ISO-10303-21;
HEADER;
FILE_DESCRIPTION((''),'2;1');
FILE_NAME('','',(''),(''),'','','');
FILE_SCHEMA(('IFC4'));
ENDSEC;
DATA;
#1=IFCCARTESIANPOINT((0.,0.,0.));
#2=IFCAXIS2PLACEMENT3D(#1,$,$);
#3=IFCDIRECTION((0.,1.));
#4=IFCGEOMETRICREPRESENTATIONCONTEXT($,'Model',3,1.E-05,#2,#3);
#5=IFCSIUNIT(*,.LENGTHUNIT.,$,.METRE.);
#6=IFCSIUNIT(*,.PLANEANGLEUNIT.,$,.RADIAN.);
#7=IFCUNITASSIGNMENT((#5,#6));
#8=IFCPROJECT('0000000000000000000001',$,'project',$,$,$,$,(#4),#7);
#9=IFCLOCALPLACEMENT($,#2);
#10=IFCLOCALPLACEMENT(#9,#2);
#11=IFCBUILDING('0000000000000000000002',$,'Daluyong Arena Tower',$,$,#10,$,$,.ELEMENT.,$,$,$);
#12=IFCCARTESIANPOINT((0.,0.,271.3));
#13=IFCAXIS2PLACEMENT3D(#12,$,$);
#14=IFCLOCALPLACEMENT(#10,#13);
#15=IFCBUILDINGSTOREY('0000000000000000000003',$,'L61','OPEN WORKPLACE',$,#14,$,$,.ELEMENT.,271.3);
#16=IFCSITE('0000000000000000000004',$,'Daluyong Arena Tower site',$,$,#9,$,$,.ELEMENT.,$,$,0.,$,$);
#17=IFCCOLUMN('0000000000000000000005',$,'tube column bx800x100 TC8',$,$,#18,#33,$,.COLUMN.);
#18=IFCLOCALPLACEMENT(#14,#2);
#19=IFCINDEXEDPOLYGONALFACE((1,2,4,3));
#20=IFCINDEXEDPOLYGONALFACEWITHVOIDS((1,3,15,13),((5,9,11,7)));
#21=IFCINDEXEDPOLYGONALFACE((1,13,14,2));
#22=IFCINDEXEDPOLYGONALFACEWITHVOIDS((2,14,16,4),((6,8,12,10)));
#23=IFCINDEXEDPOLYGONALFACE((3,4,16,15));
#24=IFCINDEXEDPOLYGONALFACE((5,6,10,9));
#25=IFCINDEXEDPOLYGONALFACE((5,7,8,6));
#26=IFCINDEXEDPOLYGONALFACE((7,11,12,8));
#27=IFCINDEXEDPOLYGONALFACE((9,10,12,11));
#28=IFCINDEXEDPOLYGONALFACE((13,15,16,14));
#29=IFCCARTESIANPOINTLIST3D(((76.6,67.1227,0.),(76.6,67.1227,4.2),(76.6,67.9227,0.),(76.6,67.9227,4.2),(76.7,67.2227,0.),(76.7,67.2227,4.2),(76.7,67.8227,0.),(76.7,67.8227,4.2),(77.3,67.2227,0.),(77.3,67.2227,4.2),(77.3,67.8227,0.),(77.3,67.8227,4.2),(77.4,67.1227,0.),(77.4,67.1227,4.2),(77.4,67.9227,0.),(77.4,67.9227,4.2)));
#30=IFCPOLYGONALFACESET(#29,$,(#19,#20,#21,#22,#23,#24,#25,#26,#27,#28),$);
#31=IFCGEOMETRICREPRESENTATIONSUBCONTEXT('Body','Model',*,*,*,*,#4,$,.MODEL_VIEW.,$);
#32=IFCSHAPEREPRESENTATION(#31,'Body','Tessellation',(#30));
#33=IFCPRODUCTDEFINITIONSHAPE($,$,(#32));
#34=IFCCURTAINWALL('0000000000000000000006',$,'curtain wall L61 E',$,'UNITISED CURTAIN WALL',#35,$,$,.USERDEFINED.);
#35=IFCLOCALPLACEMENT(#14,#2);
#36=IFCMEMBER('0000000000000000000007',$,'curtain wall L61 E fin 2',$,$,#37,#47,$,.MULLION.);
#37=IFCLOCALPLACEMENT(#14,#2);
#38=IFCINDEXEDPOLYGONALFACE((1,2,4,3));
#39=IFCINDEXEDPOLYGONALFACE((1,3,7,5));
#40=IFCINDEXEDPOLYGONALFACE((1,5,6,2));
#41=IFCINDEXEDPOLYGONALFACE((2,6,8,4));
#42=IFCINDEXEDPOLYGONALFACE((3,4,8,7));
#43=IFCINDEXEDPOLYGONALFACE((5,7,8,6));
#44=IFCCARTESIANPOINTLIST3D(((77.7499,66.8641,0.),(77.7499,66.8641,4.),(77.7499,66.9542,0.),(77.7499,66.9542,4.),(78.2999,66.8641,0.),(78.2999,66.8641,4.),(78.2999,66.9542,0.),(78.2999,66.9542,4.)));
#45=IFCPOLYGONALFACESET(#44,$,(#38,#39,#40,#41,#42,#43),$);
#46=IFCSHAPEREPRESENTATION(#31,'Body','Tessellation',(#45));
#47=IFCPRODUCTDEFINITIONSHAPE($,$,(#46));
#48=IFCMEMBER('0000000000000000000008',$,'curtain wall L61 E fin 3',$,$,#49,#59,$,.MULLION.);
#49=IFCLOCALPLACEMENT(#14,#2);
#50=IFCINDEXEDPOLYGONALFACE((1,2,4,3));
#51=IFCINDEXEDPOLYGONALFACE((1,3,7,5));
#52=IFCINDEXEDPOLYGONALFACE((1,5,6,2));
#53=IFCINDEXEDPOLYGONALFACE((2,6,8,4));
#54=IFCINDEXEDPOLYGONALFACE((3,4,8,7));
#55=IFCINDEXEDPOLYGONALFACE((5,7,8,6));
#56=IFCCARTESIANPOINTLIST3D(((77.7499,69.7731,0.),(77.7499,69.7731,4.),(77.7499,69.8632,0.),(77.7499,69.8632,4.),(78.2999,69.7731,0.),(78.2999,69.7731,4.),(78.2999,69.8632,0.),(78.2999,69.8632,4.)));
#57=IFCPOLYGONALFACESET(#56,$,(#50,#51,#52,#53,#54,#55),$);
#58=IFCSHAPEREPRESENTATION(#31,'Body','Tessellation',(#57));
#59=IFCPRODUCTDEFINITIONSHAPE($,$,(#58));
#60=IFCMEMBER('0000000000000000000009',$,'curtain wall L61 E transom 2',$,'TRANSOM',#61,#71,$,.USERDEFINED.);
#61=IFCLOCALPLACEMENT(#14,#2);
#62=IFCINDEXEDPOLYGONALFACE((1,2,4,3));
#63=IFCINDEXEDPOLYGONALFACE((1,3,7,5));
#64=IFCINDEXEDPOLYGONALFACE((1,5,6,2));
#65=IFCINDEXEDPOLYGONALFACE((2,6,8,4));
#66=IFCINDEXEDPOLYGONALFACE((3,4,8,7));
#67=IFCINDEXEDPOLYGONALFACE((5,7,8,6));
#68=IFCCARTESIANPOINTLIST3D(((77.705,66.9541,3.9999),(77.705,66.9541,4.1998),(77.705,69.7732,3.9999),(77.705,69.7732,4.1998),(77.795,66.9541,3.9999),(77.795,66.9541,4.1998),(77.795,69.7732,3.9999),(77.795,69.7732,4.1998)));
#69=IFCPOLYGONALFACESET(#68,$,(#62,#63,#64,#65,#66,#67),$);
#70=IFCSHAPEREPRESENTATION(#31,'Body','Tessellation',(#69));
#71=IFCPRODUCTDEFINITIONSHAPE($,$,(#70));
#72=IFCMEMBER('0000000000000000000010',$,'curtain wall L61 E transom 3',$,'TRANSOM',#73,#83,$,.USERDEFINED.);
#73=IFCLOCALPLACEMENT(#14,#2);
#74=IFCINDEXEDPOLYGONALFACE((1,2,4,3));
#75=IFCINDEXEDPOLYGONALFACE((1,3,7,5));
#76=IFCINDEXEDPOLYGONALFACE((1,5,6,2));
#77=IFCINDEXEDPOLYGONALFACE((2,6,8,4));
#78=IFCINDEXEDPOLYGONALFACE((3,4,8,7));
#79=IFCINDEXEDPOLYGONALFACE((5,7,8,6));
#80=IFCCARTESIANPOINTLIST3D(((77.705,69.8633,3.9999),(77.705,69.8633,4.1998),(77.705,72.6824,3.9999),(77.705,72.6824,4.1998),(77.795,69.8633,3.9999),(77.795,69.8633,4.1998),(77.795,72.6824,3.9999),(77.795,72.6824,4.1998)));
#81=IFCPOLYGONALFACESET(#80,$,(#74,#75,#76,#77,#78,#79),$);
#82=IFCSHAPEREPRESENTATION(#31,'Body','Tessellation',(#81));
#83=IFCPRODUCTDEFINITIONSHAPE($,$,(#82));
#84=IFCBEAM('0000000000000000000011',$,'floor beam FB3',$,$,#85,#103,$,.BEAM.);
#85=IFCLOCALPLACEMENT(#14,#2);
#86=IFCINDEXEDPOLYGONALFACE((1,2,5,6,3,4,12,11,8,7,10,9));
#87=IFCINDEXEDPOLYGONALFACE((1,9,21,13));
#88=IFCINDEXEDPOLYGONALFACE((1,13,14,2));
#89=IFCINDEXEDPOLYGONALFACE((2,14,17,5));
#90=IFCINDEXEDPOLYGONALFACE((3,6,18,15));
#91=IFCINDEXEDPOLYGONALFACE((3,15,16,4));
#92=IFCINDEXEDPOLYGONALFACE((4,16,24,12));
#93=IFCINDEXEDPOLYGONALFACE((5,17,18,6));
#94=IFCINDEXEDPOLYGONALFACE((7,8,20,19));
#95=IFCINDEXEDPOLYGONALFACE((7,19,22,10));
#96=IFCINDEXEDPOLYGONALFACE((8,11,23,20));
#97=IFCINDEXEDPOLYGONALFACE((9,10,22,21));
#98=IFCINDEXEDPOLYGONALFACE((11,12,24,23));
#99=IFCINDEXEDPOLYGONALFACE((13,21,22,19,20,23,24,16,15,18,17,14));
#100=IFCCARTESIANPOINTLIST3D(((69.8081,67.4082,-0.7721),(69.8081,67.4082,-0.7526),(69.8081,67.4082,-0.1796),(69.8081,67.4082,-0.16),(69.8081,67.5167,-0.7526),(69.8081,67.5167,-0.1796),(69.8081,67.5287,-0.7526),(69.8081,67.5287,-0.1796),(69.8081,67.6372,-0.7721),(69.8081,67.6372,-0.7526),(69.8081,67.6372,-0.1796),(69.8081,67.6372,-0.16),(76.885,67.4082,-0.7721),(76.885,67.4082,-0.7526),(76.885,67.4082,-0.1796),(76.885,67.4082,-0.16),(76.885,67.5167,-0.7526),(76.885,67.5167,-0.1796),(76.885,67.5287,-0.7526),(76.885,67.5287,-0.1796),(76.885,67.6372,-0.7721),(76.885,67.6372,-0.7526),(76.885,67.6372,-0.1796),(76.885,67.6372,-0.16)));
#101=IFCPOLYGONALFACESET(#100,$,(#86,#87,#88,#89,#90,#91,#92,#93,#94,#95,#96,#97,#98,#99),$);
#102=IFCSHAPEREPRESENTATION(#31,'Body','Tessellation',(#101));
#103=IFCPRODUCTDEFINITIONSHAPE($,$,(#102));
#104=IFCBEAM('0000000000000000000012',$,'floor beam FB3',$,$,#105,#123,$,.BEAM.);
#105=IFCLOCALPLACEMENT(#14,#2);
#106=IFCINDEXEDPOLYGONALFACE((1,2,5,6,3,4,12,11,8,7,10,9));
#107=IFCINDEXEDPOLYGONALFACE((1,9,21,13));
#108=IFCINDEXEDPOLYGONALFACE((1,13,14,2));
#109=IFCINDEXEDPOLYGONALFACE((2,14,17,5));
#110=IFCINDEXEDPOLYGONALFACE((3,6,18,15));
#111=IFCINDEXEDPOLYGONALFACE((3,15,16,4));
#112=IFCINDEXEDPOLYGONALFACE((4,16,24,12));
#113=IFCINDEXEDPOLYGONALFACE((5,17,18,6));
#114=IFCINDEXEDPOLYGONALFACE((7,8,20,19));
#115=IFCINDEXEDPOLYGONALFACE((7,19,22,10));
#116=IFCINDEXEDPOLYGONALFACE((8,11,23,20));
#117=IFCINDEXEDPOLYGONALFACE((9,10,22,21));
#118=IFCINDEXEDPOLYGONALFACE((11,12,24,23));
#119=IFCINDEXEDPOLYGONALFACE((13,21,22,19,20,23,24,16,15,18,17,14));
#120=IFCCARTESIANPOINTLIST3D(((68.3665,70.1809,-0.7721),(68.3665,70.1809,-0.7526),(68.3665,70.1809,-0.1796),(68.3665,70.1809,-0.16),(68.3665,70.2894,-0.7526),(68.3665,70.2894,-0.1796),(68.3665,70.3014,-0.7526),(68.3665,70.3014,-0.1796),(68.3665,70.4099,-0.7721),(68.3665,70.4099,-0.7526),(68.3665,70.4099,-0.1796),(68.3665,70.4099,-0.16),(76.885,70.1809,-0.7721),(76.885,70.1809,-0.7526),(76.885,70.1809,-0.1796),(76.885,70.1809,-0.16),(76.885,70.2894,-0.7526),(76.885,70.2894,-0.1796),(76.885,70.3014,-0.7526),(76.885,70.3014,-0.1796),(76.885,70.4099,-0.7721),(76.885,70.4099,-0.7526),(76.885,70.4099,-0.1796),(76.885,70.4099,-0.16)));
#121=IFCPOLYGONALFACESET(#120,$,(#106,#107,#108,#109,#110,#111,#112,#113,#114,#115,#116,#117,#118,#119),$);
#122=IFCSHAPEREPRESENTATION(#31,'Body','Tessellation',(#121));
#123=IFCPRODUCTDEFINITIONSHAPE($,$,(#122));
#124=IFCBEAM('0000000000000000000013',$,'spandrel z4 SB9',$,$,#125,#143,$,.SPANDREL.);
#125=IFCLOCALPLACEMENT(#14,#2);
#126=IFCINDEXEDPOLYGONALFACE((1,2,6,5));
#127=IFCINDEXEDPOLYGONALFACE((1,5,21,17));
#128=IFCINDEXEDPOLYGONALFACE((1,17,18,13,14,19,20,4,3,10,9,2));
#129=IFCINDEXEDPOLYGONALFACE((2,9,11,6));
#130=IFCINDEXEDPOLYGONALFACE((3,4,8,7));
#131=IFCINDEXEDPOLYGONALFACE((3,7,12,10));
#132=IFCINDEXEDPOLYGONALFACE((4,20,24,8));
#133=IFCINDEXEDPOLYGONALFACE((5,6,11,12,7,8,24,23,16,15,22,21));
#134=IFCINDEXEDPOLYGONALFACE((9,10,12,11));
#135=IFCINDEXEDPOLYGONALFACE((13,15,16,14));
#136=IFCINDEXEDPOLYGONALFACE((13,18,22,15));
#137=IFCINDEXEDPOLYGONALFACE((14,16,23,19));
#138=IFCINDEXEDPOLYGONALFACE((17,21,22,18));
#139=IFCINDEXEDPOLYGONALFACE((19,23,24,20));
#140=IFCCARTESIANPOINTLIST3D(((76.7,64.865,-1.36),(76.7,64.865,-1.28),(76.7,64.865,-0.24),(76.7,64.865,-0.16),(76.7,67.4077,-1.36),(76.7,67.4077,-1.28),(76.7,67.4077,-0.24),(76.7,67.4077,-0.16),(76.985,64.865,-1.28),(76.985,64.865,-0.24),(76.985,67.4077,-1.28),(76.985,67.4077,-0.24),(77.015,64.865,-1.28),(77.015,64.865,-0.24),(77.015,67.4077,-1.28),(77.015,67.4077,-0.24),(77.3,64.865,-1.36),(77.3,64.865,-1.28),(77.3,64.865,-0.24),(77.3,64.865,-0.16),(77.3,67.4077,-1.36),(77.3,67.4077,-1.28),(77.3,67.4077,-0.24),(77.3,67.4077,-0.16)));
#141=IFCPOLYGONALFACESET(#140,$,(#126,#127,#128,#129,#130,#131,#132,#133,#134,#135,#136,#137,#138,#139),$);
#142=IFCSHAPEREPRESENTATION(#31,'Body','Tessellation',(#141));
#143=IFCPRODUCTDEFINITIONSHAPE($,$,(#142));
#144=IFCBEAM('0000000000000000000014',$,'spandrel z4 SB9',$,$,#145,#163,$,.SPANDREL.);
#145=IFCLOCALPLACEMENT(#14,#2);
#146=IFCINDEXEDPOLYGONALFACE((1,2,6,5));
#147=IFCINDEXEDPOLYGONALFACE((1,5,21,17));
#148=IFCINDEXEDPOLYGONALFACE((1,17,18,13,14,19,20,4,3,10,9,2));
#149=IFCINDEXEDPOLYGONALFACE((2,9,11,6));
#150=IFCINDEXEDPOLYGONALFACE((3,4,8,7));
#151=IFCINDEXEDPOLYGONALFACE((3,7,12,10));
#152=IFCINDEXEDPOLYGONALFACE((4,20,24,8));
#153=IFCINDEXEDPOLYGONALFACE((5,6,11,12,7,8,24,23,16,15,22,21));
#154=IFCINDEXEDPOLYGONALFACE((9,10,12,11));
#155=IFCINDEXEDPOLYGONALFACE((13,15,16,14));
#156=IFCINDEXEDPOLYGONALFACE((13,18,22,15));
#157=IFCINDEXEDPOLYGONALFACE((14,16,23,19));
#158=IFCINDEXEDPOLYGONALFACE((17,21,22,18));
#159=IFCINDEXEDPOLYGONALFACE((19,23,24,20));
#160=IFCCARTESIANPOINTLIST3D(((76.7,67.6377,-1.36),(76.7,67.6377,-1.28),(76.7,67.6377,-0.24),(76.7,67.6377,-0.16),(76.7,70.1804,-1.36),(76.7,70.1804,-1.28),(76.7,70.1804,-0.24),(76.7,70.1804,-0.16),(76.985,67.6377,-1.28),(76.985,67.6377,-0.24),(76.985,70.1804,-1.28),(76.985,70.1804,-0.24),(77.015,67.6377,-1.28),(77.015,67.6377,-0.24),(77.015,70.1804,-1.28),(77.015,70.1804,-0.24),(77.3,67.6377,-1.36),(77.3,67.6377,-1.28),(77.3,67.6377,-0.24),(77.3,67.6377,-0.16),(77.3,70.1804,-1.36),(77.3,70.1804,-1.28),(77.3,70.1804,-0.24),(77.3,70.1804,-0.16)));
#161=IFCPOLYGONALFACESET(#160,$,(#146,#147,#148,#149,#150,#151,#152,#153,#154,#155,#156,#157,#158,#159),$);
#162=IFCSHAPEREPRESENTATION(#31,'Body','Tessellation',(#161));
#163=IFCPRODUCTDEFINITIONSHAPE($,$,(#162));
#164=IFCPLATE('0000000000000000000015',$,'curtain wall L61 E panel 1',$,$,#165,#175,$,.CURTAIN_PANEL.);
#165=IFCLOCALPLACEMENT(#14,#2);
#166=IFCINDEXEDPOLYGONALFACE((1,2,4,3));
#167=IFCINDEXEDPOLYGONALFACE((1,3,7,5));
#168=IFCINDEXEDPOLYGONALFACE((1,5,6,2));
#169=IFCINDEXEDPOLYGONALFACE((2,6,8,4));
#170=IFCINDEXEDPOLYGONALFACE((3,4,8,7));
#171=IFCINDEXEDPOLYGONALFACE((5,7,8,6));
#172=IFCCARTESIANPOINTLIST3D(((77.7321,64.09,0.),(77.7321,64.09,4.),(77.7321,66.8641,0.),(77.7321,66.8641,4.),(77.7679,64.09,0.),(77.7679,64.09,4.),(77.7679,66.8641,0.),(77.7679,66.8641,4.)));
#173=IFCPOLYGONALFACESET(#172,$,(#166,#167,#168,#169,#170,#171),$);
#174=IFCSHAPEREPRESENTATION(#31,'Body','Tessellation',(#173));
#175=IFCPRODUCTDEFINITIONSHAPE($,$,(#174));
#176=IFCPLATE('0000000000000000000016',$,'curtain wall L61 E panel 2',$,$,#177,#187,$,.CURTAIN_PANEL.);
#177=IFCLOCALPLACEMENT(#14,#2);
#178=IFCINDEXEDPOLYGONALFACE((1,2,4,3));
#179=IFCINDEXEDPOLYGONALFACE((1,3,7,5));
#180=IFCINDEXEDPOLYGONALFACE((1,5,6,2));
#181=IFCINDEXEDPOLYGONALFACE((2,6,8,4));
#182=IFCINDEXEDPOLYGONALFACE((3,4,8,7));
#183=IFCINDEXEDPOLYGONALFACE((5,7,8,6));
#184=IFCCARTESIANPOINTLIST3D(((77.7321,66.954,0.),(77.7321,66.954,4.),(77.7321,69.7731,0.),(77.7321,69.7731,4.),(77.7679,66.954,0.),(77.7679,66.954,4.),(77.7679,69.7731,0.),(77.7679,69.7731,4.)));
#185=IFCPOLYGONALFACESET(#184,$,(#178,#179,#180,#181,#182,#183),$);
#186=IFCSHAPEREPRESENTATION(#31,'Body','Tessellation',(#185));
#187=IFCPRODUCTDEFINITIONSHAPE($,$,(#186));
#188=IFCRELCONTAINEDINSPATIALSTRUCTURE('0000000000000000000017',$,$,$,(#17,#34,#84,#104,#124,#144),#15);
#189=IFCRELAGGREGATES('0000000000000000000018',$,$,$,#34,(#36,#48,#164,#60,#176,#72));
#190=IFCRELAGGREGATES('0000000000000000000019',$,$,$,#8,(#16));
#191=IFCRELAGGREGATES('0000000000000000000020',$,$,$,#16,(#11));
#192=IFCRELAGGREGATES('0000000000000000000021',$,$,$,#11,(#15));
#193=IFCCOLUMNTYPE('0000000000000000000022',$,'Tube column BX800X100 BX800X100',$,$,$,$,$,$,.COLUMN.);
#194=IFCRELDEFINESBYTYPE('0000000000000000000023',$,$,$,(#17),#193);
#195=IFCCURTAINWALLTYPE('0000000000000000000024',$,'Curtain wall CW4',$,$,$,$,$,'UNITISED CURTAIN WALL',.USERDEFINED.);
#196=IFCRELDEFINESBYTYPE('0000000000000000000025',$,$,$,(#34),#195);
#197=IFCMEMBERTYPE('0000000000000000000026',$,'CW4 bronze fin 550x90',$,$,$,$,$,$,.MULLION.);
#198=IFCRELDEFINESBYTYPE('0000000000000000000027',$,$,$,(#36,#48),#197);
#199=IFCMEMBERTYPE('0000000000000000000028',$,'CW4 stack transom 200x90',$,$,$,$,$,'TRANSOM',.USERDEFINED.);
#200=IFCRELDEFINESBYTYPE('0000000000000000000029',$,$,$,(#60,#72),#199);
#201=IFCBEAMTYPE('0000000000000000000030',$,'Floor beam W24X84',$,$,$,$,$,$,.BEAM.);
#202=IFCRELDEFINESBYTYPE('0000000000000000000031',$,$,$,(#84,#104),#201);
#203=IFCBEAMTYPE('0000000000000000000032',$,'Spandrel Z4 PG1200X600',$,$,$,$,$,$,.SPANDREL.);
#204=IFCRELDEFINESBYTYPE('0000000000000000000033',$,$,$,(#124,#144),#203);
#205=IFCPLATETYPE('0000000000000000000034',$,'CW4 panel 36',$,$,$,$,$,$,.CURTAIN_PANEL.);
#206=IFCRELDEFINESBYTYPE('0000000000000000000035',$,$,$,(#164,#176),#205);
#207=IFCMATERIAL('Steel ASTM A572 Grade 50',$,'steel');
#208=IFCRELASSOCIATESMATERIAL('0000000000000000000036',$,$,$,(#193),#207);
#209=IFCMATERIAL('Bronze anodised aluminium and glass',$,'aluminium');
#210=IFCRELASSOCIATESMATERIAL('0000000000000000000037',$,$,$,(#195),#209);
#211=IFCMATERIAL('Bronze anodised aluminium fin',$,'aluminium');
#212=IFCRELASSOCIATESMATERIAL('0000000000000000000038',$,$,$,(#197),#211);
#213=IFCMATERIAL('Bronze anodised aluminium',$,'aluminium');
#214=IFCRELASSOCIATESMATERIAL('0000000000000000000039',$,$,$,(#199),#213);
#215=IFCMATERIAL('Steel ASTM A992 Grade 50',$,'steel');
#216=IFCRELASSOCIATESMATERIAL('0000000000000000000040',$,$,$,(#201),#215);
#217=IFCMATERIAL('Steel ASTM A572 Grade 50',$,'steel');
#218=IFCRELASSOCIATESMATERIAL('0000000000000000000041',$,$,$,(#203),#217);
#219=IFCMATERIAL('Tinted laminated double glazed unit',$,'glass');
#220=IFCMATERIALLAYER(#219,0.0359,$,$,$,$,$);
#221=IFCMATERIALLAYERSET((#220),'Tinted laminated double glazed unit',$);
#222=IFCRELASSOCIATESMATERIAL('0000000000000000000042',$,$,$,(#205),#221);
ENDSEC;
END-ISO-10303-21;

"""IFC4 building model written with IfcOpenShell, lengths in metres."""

from ifc_helpers import new_model, si_unit, direction, frame, origin, origin_2d, place, context, subcontext, project, spatial, rectangle, hollow_rectangle, i_section, extrude, material, layer, layer_set, material_profile, profile_set, type_object, element, aggregate, save


model = new_model("IFC4")

# Units and contexts
model_context = context("Model", 3, precision=1e-05, world=origin(), true_north=direction((0.0, 1.0)))
body_context = subcontext(model_context, "Body", "Model", "MODEL_VIEW")
ifc_project = project(units=[si_unit("LENGTHUNIT", "METRE"), si_unit("PLANEANGLEUNIT", "RADIAN")], contexts=[model_context])

# Site, building, storey
site_placement = place(None, origin())
site = spatial("IfcSite", under=ifc_project, at=site_placement, Name="Daluyong Arena Tower site", CompositionType="ELEMENT", RefElevation=0.0)
building_placement = place(site_placement, origin())
building = spatial("IfcBuilding", under=site, at=building_placement, Name="Daluyong Arena Tower", CompositionType="ELEMENT")
storey_placement = place(building_placement, frame((0.0, 0.0, 271.3)))
storey = spatial("IfcBuildingStorey", under=building, at=storey_placement, Name="L61", Description="OPEN WORKPLACE", CompositionType="ELEMENT", Elevation=271.3)

# Column
ifc_material_1 = material(Name="Steel ASTM A572 Grade 50", Category="steel")
ifc_material_profile_1 = material_profile(ifc_material_1, hollow_rectangle(XDim=0.8, YDim=0.8, WallThickness=0.1, at=origin_2d()))
ifc_profile_set_1 = profile_set([ifc_material_profile_1], Name="Steel ASTM A572 Grade 50")
column_type = type_object("IfcColumnType", Name="Tube column BX800X100 BX800X100", PredefinedType="COLUMN", material=ifc_profile_set_1)
column_placement = place(storey_placement, frame((77.0, 67.5227, 0.0), z_axis=(0.0, 0.0, 1.0), x_axis=(0.0, 1.0, 0.0)))
element("IfcColumn", 1, at=column_placement, inside=storey, type_object=column_type, Name="tube column bx800x100 TC8", PredefinedType="COLUMN", context=body_context, shape_type="SweptSolid", body=[
    extrude(hollow_rectangle(XDim=0.8, YDim=0.8, WallThickness=0.1, at=origin_2d()), origin(), (0.0, 0.0, 1.0), 4.2),
])

# Curtain wall, members
ifc_material_2 = material(Name="Bronze anodised aluminium and glass", Category="aluminium")
curtain_wall_type = type_object("IfcCurtainWallType", Name="Curtain wall CW4", ElementType="UNITISED CURTAIN WALL", PredefinedType="USERDEFINED", material=ifc_material_2)
curtain_wall_placement = place(storey_placement, origin())
curtain_wall = element("IfcCurtainWall", 2, at=curtain_wall_placement, inside=storey, type_object=curtain_wall_type, Name="curtain wall L61 E", ObjectType="UNITISED CURTAIN WALL", PredefinedType="USERDEFINED")
ifc_material_3 = material(Name="Bronze anodised aluminium fin", Category="aluminium")
ifc_material_profile_2 = material_profile(ifc_material_3, rectangle(XDim=0.55, YDim=0.0901, at=origin_2d()))
ifc_profile_set_2 = profile_set([ifc_material_profile_2], Name="Bronze anodised aluminium fin")
member_type_1 = type_object("IfcMemberType", Name="CW4 bronze fin 550x90", PredefinedType="MULLION", material=ifc_profile_set_2)
member_1_placement = place(storey_placement, frame((78.0249, 66.9092, 0.0), z_axis=(0.0, 0.0, 1.0), x_axis=(-1.0, 0.0, 0.0)))
member_1 = element("IfcMember", 3, at=member_1_placement, type_object=member_type_1, Name="curtain wall L61 E fin 2", PredefinedType="MULLION", context=body_context, shape_type="SweptSolid", body=[
    extrude(rectangle(XDim=0.55, YDim=0.0901, at=origin_2d()), origin(), (0.0, 0.0, 1.0), 4.0),
])
member_2_placement = place(storey_placement, frame((78.0249, 69.8181, 0.0), z_axis=(0.0, 0.0, 1.0), x_axis=(-1.0, 0.0, 0.0)))
member_2 = element("IfcMember", 4, at=member_2_placement, type_object=member_type_1, Name="curtain wall L61 E fin 3", PredefinedType="MULLION", context=body_context, shape_type="SweptSolid", body=[
    extrude(rectangle(XDim=0.55, YDim=0.0901, at=origin_2d()), origin(), (0.0, 0.0, 1.0), 4.0),
])
ifc_material_4 = material(Name="Bronze anodised aluminium", Category="aluminium")
ifc_material_profile_3 = material_profile(ifc_material_4, rectangle(XDim=0.0901, YDim=0.2, at=origin_2d()))
ifc_profile_set_3 = profile_set([ifc_material_profile_3], Name="Bronze anodised aluminium")
member_type_2 = type_object("IfcMemberType", Name="CW4 stack transom 200x90", ElementType="TRANSOM", PredefinedType="USERDEFINED", material=ifc_profile_set_3)
member_3_placement = place(storey_placement, frame((77.75, 66.9541, 4.0999), z_axis=(0.0, 1.0, 0.0), x_axis=(-1.0, 0.0, 0.0)))
member_3 = element("IfcMember", 5, at=member_3_placement, type_object=member_type_2, Name="curtain wall L61 E transom 2", ObjectType="TRANSOM", PredefinedType="USERDEFINED", context=body_context, shape_type="SweptSolid", body=[
    extrude(rectangle(XDim=0.0901, YDim=0.2, at=origin_2d()), origin(), (0.0, 0.0, 1.0), 2.8191),
])
member_4_placement = place(storey_placement, frame((77.75, 69.8633, 4.0999), z_axis=(0.0, 1.0, 0.0), x_axis=(-1.0, 0.0, 0.0)))
member_4 = element("IfcMember", 6, at=member_4_placement, type_object=member_type_2, Name="curtain wall L61 E transom 3", ObjectType="TRANSOM", PredefinedType="USERDEFINED", context=body_context, shape_type="SweptSolid", body=[
    extrude(rectangle(XDim=0.0901, YDim=0.2, at=origin_2d()), origin(), (0.0, 0.0, 1.0), 2.8191),
])

# Beams
ifc_material_5 = material(Name="Steel ASTM A992 Grade 50", Category="steel")
ifc_material_profile_4 = material_profile(ifc_material_5, i_section(OverallWidth=0.229, OverallDepth=0.6121, WebThickness=0.012, FlangeThickness=0.0195, at=origin_2d()))
ifc_profile_set_4 = profile_set([ifc_material_profile_4], Name="Steel ASTM A992 Grade 50")
beam_type_1 = type_object("IfcBeamType", Name="Floor beam W24X84", PredefinedType="BEAM", material=ifc_profile_set_4)
beam_1_placement = place(storey_placement, frame((76.885, 67.5227, -0.4661), z_axis=(-1.0, 0.0, 0.0), x_axis=(0.0, -1.0, 0.0)))
element("IfcBeam", 7, at=beam_1_placement, inside=storey, type_object=beam_type_1, Name="floor beam FB3", PredefinedType="BEAM", context=body_context, shape_type="SweptSolid", body=[
    extrude(i_section(OverallWidth=0.229, OverallDepth=0.6121, WebThickness=0.012, FlangeThickness=0.0195, at=origin_2d()), origin(), (0.0, 0.0, 1.0), 7.0769),
])
beam_2_placement = place(storey_placement, frame((76.885, 70.2954, -0.4661), z_axis=(-1.0, 0.0, 0.0), x_axis=(0.0, -1.0, 0.0)))
element("IfcBeam", 8, at=beam_2_placement, inside=storey, type_object=beam_type_1, Name="floor beam FB3", PredefinedType="BEAM", context=body_context, shape_type="SweptSolid", body=[
    extrude(i_section(OverallWidth=0.229, OverallDepth=0.6121, WebThickness=0.012, FlangeThickness=0.0195, at=origin_2d()), origin(), (0.0, 0.0, 1.0), 8.5186),
])
ifc_material_6 = material(Name="Steel ASTM A572 Grade 50", Category="steel")
ifc_material_profile_5 = material_profile(ifc_material_6, i_section(OverallWidth=0.6001, OverallDepth=1.2, WebThickness=0.03, FlangeThickness=0.08, at=origin_2d()))
ifc_profile_set_5 = profile_set([ifc_material_profile_5], Name="Steel ASTM A572 Grade 50")
beam_type_2 = type_object("IfcBeamType", Name="Spandrel Z4 PG1200X600", PredefinedType="SPANDREL", material=ifc_profile_set_5)
for number, where, z_axis, x_axis, name in (
    (9, (77.0, 64.865, -0.76), (0.0, 1.0, 0.0), (-1.0, 0.0, 0.0), "spandrel z4 SB9"),
    (10, (77.0, 67.6377, -0.76), (0.0, 1.0, 0.0), (-1.0, 0.0, 0.0), "spandrel z4 SB9"),
):
    element("IfcBeam", number, at=place(storey_placement, frame(where, z_axis=z_axis, x_axis=x_axis)), inside=storey, type_object=beam_type_2, Name=name, PredefinedType="SPANDREL", context=body_context, shape_type="SweptSolid", body=[
        extrude(i_section(OverallWidth=0.6001, OverallDepth=1.2, WebThickness=0.03, FlangeThickness=0.08, at=origin_2d()), origin(), (0.0, 0.0, 1.0), 2.5427),
    ])

# Plates
ifc_material_7 = material(Name="Tinted laminated double glazed unit", Category="glass")
ifc_layer_1 = layer(ifc_material_7, 0.0359)
ifc_layer_set_1 = layer_set([ifc_layer_1], Name="Tinted laminated double glazed unit")
plate_type = type_object("IfcPlateType", Name="CW4 panel 36", PredefinedType="CURTAIN_PANEL", material=ifc_layer_set_1)
plate_1_placement = place(storey_placement, frame((77.75, 65.4771, 0.0), z_axis=(0.0, 0.0, 1.0), x_axis=(0.0, 1.0, 0.0)))
plate_1 = element("IfcPlate", 11, at=plate_1_placement, type_object=plate_type, Name="curtain wall L61 E panel 1", PredefinedType="CURTAIN_PANEL", context=body_context, shape_type="SweptSolid", body=[
    extrude(rectangle(XDim=2.7742, YDim=0.0359, at=origin_2d()), origin(), (0.0, 0.0, 1.0), 4.0),
])
plate_2_placement = place(storey_placement, frame((77.75, 68.3635, 0.0), z_axis=(0.0, 0.0, 1.0), x_axis=(0.0, 1.0, 0.0)))
plate_2 = element("IfcPlate", 12, at=plate_2_placement, type_object=plate_type, Name="curtain wall L61 E panel 2", PredefinedType="CURTAIN_PANEL", context=body_context, shape_type="SweptSolid", body=[
    extrude(rectangle(XDim=2.8191, YDim=0.0359, at=origin_2d()), origin(), (0.0, 0.0, 1.0), 4.0),
])
aggregate(curtain_wall, [member_1, member_2, plate_1, member_3, plate_2, member_4])

save(model, "model.ifc")
